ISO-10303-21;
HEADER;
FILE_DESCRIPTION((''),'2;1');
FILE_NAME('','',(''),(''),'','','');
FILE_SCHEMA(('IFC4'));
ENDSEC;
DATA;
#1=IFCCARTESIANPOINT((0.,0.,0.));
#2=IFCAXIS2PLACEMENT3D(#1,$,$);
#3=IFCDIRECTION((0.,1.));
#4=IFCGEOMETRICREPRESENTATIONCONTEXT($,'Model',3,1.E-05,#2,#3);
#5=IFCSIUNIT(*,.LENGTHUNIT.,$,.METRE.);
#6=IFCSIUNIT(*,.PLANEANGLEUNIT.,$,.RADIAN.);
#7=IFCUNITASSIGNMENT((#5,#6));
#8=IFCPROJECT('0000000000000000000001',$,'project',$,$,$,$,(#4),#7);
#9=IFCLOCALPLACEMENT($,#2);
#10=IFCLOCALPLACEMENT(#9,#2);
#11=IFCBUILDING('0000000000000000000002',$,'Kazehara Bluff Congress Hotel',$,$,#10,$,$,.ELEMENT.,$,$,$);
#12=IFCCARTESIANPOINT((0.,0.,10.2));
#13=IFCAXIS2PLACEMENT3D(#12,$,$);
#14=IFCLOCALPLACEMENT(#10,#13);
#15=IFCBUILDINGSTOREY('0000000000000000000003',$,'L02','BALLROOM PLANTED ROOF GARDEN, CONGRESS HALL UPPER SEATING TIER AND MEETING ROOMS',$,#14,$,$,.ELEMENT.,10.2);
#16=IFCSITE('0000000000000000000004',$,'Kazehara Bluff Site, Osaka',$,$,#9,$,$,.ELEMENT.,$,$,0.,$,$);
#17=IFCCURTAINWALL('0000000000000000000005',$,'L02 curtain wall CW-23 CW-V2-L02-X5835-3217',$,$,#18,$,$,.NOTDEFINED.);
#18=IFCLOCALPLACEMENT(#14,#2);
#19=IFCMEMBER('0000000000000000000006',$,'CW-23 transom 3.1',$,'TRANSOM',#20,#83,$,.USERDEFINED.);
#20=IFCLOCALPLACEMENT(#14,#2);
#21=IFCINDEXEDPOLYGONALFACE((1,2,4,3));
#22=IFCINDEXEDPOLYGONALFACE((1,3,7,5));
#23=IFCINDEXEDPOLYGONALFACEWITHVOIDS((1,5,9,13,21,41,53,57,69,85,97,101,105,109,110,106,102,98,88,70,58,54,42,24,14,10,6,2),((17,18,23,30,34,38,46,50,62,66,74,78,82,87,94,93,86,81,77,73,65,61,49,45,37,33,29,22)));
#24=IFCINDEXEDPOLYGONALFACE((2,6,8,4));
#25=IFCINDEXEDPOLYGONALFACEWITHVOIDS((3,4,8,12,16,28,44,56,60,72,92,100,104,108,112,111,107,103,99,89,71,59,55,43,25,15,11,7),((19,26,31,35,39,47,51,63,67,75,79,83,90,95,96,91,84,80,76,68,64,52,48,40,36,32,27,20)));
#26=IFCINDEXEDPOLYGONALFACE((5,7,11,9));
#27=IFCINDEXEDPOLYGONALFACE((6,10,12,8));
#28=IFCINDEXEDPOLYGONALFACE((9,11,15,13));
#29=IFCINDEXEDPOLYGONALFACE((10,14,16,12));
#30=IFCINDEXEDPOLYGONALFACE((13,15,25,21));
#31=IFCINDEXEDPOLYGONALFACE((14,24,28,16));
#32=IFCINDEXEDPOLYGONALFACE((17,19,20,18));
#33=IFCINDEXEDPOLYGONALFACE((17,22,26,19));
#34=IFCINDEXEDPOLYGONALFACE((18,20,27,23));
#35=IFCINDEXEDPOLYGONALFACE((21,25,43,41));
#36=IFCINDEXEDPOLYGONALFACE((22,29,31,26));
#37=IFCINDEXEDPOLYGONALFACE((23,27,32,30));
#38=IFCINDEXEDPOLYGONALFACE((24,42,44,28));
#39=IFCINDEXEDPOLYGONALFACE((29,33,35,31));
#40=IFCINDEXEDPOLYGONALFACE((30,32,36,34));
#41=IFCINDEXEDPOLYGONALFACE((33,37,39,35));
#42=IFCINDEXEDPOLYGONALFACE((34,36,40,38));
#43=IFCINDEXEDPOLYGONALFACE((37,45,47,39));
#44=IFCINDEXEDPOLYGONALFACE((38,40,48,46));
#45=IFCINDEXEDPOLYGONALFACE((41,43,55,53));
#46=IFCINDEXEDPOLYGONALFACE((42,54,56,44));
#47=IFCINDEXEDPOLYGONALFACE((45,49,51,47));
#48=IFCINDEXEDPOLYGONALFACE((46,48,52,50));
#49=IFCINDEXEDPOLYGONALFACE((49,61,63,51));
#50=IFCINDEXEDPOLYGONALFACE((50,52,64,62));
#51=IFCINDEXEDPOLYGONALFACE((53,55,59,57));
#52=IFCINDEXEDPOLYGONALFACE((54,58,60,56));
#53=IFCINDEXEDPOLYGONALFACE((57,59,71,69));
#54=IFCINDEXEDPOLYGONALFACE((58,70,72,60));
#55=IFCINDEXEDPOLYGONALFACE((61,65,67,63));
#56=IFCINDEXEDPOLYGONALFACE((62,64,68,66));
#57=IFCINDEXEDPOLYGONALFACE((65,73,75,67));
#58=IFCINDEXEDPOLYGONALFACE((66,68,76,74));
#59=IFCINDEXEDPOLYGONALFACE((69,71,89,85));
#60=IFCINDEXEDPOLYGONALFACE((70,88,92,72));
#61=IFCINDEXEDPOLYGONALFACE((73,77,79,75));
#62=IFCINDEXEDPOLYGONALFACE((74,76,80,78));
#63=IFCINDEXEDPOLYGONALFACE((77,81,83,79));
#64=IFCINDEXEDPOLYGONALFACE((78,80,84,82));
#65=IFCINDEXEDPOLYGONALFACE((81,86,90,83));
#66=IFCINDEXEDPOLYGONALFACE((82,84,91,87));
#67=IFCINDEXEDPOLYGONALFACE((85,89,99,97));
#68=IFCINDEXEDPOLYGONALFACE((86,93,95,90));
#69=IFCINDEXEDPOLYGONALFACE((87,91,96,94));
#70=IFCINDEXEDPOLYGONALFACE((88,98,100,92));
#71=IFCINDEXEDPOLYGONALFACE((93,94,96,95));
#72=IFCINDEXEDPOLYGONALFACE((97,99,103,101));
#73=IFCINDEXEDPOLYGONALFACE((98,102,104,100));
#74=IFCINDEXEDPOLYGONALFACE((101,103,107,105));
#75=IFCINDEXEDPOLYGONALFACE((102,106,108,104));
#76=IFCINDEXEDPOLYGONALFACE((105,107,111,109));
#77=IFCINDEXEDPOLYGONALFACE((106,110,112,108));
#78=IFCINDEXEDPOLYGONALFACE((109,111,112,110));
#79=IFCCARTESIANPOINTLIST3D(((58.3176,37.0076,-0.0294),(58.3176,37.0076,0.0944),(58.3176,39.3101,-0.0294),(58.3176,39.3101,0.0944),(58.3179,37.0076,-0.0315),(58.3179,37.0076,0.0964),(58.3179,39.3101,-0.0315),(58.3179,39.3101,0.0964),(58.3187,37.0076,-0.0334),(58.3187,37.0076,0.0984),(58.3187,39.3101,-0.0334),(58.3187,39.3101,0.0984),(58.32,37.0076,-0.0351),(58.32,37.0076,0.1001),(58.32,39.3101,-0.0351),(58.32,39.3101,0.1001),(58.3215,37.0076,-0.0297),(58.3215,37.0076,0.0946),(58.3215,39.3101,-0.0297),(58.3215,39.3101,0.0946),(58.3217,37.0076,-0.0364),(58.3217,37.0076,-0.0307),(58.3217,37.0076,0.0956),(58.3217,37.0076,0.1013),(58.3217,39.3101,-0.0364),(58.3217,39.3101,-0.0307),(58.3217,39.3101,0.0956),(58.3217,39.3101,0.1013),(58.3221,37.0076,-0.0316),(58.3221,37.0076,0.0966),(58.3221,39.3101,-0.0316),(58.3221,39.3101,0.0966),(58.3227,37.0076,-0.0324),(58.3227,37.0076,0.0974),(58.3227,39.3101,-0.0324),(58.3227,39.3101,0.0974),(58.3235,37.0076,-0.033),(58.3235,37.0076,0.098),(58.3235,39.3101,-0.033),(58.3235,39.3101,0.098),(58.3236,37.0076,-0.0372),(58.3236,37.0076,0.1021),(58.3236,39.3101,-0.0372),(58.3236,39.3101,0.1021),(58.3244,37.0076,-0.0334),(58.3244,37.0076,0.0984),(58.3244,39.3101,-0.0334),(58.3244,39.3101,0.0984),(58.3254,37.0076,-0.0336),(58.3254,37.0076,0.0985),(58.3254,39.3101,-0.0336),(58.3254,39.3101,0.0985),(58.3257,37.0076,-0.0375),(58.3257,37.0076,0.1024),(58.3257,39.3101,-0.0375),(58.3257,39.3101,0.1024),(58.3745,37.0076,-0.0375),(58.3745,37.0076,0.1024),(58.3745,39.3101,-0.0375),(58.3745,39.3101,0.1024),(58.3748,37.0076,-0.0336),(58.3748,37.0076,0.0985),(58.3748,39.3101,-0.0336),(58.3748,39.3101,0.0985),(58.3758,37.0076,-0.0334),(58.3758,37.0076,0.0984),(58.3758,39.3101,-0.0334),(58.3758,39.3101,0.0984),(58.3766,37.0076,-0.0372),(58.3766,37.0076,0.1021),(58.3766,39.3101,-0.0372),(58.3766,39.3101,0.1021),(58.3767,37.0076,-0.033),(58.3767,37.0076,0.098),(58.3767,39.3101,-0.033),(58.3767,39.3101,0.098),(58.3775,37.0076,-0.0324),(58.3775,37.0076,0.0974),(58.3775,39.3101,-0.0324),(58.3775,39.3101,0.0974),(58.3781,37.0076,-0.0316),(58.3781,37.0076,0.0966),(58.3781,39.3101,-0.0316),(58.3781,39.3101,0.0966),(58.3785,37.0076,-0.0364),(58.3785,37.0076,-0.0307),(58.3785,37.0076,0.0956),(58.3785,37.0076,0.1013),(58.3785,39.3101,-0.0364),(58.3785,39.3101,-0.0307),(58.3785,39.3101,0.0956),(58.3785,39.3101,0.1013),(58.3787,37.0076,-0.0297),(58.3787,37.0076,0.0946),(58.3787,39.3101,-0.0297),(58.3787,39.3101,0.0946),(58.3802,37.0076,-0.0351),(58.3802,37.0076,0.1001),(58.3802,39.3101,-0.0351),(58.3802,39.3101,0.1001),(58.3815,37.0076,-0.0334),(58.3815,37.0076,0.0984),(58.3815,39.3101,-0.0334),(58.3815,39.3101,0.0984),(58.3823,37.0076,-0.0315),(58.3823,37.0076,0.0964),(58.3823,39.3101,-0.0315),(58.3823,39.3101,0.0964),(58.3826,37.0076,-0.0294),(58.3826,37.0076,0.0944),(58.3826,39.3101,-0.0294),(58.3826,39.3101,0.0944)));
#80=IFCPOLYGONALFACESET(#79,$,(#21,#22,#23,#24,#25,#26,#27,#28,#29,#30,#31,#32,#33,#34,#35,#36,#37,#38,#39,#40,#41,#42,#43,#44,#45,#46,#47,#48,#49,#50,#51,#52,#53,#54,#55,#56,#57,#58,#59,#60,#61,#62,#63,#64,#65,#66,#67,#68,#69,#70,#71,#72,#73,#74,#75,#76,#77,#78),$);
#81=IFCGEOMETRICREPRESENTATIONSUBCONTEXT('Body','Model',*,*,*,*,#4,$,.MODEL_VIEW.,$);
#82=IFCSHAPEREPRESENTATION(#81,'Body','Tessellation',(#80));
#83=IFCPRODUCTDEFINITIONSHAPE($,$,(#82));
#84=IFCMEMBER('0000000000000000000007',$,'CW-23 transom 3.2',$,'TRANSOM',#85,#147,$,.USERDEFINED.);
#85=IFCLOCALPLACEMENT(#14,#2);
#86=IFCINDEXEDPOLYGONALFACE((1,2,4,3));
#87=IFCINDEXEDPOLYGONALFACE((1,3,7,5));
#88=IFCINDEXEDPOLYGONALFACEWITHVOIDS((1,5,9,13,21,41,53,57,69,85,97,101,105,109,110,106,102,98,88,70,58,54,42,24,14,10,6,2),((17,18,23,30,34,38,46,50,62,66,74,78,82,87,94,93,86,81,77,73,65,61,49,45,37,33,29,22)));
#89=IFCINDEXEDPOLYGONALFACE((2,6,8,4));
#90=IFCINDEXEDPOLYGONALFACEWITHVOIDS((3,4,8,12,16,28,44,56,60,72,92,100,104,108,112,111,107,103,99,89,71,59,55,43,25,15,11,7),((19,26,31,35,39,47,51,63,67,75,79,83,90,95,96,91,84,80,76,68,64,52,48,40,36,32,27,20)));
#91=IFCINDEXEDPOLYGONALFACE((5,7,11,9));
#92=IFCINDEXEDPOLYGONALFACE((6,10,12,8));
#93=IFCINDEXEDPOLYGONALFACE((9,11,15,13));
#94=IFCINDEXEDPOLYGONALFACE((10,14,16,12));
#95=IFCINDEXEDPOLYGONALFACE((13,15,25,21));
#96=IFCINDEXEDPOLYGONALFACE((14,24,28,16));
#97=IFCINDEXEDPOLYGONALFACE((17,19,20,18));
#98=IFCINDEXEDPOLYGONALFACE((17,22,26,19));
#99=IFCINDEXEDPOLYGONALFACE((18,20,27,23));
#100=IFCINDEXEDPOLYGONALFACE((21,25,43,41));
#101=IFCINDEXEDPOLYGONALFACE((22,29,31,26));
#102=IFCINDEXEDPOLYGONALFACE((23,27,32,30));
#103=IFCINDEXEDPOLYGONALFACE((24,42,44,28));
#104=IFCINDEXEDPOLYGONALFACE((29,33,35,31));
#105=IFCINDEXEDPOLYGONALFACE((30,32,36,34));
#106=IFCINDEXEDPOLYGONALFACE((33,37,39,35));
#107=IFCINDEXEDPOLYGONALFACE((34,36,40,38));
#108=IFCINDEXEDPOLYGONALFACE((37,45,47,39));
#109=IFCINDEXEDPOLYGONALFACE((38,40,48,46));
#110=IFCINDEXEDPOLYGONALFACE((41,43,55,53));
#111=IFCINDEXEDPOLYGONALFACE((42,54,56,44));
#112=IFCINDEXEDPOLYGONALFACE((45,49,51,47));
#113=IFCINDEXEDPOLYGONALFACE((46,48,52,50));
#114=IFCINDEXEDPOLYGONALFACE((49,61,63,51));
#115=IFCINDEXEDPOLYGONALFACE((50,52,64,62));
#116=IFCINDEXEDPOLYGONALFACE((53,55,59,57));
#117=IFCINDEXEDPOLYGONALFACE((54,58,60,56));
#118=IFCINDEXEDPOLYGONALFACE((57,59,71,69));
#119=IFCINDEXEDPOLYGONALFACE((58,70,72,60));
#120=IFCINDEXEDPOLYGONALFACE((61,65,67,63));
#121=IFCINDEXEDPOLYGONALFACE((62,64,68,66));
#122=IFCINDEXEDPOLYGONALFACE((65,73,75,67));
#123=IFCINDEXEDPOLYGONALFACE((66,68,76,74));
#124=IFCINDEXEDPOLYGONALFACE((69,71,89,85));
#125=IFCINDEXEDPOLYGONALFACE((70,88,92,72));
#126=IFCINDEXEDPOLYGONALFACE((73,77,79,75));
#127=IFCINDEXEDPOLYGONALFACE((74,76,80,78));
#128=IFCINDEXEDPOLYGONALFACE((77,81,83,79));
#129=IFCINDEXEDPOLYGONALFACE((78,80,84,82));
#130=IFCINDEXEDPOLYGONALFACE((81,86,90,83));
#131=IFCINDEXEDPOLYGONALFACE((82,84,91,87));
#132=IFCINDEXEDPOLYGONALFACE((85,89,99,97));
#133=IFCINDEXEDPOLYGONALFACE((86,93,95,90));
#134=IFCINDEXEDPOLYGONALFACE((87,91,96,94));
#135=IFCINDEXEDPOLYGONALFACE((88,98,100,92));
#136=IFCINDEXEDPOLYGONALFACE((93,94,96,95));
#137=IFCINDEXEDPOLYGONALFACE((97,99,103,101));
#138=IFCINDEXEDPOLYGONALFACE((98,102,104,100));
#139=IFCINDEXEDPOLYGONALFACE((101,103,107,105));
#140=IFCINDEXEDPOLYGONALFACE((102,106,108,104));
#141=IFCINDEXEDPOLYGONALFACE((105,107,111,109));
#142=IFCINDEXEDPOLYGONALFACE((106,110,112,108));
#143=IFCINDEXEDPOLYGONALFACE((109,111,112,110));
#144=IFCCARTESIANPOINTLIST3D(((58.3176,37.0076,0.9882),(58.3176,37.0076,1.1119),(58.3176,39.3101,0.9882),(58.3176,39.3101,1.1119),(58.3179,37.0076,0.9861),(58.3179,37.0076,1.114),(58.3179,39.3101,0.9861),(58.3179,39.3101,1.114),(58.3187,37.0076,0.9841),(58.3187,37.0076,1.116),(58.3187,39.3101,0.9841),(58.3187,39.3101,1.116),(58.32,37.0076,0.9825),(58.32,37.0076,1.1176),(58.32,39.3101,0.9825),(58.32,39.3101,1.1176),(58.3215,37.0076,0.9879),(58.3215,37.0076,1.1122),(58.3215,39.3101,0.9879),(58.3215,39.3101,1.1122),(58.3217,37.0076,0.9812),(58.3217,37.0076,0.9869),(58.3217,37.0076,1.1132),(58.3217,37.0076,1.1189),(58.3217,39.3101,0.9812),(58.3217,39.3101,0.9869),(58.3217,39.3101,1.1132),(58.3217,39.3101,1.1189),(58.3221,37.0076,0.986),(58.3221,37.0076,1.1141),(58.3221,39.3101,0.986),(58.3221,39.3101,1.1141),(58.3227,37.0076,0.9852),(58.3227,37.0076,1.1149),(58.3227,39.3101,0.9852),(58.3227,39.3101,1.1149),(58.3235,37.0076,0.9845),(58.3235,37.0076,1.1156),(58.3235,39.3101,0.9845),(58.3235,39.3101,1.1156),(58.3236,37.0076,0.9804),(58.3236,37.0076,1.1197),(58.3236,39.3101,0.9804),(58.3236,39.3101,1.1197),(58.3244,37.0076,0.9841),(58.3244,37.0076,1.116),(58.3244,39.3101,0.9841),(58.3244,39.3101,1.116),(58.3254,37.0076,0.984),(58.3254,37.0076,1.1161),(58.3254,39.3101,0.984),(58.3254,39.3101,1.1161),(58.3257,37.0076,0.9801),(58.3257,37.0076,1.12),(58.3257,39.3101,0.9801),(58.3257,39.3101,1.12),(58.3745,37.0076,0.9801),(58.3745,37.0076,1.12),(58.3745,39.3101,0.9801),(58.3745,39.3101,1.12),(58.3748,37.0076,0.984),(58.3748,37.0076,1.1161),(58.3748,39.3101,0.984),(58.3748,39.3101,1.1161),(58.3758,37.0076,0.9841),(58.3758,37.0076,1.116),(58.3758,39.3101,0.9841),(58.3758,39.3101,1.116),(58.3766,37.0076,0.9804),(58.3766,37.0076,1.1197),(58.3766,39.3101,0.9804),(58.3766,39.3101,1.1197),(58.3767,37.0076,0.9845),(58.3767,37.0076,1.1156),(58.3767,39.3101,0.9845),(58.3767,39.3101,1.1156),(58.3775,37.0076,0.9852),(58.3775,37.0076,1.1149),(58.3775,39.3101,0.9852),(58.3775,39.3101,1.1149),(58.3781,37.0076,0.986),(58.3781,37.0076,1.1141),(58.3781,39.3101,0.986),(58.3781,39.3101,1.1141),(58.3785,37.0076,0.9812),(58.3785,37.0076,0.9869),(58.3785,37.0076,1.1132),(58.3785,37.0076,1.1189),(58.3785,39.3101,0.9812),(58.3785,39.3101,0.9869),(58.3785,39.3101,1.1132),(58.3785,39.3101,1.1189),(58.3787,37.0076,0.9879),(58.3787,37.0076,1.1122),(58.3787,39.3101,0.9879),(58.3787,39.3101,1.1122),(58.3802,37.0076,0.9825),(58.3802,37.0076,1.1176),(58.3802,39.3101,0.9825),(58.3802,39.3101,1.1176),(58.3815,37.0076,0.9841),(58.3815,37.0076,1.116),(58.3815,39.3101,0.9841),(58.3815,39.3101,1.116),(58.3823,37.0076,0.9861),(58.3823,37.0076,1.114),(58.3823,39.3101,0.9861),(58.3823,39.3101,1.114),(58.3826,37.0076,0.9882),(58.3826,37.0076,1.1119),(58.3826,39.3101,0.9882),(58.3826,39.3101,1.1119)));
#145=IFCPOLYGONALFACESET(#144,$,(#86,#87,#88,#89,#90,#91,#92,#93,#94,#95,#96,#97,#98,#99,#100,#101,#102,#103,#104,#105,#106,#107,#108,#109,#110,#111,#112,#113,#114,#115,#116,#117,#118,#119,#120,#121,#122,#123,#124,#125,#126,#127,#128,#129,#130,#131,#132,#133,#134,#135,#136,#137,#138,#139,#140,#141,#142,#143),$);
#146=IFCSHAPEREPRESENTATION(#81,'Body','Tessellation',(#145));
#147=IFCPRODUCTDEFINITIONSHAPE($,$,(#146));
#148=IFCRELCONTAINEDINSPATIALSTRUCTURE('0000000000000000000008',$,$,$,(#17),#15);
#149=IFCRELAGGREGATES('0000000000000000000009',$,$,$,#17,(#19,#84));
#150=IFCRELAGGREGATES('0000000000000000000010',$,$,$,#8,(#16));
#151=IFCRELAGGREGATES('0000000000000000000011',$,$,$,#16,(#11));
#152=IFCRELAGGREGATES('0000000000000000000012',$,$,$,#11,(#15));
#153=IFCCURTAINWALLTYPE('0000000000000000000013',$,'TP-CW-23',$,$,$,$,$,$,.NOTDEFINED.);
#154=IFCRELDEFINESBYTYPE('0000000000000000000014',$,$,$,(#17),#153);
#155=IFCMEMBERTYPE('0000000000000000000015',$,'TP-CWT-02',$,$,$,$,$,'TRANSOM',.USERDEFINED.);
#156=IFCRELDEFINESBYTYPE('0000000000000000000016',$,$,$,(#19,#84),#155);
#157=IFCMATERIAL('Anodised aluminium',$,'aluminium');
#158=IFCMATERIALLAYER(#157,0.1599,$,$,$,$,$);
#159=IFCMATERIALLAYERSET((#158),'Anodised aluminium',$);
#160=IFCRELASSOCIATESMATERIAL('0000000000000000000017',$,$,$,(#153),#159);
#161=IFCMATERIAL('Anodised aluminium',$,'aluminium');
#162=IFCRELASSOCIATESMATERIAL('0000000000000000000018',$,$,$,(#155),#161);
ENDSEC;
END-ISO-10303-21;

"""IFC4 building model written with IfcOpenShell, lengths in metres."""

from ifc_helpers import new_model, si_unit, direction, frame, origin, origin_2d, place, context, subcontext, project, spatial, hollow_rectangle, extrude, material, layer, layer_set, material_profile, profile_set, type_object, element, aggregate, save


model = new_model("IFC4")

# Units and contexts
model_context = context("Model", 3, precision=1e-05, world=origin(), true_north=direction((0.0, 1.0)))
body_context = subcontext(model_context, "Body", "Model", "MODEL_VIEW")
ifc_project = project(units=[si_unit("LENGTHUNIT", "METRE"), si_unit("PLANEANGLEUNIT", "RADIAN")], contexts=[model_context])

# Site, building, storey
site_placement = place(None, origin())
site = spatial("IfcSite", under=ifc_project, at=site_placement, Name="Kazehara Bluff Site, Osaka", CompositionType="ELEMENT", RefElevation=0.0)
building_placement = place(site_placement, origin())
building = spatial("IfcBuilding", under=site, at=building_placement, Name="Kazehara Bluff Congress Hotel", CompositionType="ELEMENT")
storey_placement = place(building_placement, frame((0.0, 0.0, 10.2)))
storey = spatial("IfcBuildingStorey", under=building, at=storey_placement, Name="L02", Description="BALLROOM PLANTED ROOF GARDEN, CONGRESS HALL UPPER SEATING TIER AND MEETING ROOMS", CompositionType="ELEMENT", Elevation=10.2)

# Curtain wall
ifc_material_1 = material(Name="Anodised aluminium", Category="aluminium")
ifc_layer_1 = layer(ifc_material_1, 0.1599)
ifc_layer_set_1 = layer_set([ifc_layer_1], Name="Anodised aluminium")
curtain_wall_type_1 = type_object("IfcCurtainWallType", Name="TP-CW-23", PredefinedType="NOTDEFINED", material=ifc_layer_set_1)
curtain_wall_1_placement = place(storey_placement, origin())
curtain_wall_1 = element("IfcCurtainWall", 1, at=curtain_wall_1_placement, inside=storey, type_object=curtain_wall_type_1, Name="L02 curtain wall CW-23 CW-V2-L02-X5835-3217", PredefinedType="NOTDEFINED")

# Members
ifc_material_2 = material(Name="Anodised aluminium", Category="aluminium")
ifc_material_profile_1 = material_profile(ifc_material_2, hollow_rectangle(XDim=0.0649, YDim=0.1399, WallThickness=0.0039, InnerFilletRadius=0.0039, OuterFilletRadius=0.0081, at=origin_2d()))
ifc_profile_set_1 = profile_set([ifc_material_profile_1], Name="Anodised aluminium")
member_type_1 = type_object("IfcMemberType", Name="TP-CWT-02", ElementType="TRANSOM", PredefinedType="USERDEFINED", material=ifc_profile_set_1)
member_1_placement = place(storey_placement, frame((58.3501, 37.0076, 0.0325), z_axis=(0.0, 1.0, 0.0), x_axis=(-1.0, 0.0, 0.0)))
member_1 = element("IfcMember", 2, at=member_1_placement, type_object=member_type_1, Name="CW-23 transom 3.1", ObjectType="TRANSOM", PredefinedType="USERDEFINED", context=body_context, shape_type="SweptSolid", body=[
    extrude(hollow_rectangle(XDim=0.0649, YDim=0.1399, WallThickness=0.0039, InnerFilletRadius=0.0039, OuterFilletRadius=0.0081, at=origin_2d()), origin(), (0.0, 0.0, 1.0), 2.3025),
])
member_2_placement = place(storey_placement, frame((58.3501, 37.0076, 1.05), z_axis=(0.0, 1.0, 0.0), x_axis=(-1.0, 0.0, 0.0)))
member_2 = element("IfcMember", 3, at=member_2_placement, type_object=member_type_1, Name="CW-23 transom 3.2", ObjectType="TRANSOM", PredefinedType="USERDEFINED", context=body_context, shape_type="SweptSolid", body=[
    extrude(hollow_rectangle(XDim=0.0649, YDim=0.1399, WallThickness=0.0039, InnerFilletRadius=0.0039, OuterFilletRadius=0.0081, at=origin_2d()), origin(), (0.0, 0.0, 1.0), 2.3025),
])

aggregate(curtain_wall_1, [member_1, member_2])

save(model, "model.ifc")
